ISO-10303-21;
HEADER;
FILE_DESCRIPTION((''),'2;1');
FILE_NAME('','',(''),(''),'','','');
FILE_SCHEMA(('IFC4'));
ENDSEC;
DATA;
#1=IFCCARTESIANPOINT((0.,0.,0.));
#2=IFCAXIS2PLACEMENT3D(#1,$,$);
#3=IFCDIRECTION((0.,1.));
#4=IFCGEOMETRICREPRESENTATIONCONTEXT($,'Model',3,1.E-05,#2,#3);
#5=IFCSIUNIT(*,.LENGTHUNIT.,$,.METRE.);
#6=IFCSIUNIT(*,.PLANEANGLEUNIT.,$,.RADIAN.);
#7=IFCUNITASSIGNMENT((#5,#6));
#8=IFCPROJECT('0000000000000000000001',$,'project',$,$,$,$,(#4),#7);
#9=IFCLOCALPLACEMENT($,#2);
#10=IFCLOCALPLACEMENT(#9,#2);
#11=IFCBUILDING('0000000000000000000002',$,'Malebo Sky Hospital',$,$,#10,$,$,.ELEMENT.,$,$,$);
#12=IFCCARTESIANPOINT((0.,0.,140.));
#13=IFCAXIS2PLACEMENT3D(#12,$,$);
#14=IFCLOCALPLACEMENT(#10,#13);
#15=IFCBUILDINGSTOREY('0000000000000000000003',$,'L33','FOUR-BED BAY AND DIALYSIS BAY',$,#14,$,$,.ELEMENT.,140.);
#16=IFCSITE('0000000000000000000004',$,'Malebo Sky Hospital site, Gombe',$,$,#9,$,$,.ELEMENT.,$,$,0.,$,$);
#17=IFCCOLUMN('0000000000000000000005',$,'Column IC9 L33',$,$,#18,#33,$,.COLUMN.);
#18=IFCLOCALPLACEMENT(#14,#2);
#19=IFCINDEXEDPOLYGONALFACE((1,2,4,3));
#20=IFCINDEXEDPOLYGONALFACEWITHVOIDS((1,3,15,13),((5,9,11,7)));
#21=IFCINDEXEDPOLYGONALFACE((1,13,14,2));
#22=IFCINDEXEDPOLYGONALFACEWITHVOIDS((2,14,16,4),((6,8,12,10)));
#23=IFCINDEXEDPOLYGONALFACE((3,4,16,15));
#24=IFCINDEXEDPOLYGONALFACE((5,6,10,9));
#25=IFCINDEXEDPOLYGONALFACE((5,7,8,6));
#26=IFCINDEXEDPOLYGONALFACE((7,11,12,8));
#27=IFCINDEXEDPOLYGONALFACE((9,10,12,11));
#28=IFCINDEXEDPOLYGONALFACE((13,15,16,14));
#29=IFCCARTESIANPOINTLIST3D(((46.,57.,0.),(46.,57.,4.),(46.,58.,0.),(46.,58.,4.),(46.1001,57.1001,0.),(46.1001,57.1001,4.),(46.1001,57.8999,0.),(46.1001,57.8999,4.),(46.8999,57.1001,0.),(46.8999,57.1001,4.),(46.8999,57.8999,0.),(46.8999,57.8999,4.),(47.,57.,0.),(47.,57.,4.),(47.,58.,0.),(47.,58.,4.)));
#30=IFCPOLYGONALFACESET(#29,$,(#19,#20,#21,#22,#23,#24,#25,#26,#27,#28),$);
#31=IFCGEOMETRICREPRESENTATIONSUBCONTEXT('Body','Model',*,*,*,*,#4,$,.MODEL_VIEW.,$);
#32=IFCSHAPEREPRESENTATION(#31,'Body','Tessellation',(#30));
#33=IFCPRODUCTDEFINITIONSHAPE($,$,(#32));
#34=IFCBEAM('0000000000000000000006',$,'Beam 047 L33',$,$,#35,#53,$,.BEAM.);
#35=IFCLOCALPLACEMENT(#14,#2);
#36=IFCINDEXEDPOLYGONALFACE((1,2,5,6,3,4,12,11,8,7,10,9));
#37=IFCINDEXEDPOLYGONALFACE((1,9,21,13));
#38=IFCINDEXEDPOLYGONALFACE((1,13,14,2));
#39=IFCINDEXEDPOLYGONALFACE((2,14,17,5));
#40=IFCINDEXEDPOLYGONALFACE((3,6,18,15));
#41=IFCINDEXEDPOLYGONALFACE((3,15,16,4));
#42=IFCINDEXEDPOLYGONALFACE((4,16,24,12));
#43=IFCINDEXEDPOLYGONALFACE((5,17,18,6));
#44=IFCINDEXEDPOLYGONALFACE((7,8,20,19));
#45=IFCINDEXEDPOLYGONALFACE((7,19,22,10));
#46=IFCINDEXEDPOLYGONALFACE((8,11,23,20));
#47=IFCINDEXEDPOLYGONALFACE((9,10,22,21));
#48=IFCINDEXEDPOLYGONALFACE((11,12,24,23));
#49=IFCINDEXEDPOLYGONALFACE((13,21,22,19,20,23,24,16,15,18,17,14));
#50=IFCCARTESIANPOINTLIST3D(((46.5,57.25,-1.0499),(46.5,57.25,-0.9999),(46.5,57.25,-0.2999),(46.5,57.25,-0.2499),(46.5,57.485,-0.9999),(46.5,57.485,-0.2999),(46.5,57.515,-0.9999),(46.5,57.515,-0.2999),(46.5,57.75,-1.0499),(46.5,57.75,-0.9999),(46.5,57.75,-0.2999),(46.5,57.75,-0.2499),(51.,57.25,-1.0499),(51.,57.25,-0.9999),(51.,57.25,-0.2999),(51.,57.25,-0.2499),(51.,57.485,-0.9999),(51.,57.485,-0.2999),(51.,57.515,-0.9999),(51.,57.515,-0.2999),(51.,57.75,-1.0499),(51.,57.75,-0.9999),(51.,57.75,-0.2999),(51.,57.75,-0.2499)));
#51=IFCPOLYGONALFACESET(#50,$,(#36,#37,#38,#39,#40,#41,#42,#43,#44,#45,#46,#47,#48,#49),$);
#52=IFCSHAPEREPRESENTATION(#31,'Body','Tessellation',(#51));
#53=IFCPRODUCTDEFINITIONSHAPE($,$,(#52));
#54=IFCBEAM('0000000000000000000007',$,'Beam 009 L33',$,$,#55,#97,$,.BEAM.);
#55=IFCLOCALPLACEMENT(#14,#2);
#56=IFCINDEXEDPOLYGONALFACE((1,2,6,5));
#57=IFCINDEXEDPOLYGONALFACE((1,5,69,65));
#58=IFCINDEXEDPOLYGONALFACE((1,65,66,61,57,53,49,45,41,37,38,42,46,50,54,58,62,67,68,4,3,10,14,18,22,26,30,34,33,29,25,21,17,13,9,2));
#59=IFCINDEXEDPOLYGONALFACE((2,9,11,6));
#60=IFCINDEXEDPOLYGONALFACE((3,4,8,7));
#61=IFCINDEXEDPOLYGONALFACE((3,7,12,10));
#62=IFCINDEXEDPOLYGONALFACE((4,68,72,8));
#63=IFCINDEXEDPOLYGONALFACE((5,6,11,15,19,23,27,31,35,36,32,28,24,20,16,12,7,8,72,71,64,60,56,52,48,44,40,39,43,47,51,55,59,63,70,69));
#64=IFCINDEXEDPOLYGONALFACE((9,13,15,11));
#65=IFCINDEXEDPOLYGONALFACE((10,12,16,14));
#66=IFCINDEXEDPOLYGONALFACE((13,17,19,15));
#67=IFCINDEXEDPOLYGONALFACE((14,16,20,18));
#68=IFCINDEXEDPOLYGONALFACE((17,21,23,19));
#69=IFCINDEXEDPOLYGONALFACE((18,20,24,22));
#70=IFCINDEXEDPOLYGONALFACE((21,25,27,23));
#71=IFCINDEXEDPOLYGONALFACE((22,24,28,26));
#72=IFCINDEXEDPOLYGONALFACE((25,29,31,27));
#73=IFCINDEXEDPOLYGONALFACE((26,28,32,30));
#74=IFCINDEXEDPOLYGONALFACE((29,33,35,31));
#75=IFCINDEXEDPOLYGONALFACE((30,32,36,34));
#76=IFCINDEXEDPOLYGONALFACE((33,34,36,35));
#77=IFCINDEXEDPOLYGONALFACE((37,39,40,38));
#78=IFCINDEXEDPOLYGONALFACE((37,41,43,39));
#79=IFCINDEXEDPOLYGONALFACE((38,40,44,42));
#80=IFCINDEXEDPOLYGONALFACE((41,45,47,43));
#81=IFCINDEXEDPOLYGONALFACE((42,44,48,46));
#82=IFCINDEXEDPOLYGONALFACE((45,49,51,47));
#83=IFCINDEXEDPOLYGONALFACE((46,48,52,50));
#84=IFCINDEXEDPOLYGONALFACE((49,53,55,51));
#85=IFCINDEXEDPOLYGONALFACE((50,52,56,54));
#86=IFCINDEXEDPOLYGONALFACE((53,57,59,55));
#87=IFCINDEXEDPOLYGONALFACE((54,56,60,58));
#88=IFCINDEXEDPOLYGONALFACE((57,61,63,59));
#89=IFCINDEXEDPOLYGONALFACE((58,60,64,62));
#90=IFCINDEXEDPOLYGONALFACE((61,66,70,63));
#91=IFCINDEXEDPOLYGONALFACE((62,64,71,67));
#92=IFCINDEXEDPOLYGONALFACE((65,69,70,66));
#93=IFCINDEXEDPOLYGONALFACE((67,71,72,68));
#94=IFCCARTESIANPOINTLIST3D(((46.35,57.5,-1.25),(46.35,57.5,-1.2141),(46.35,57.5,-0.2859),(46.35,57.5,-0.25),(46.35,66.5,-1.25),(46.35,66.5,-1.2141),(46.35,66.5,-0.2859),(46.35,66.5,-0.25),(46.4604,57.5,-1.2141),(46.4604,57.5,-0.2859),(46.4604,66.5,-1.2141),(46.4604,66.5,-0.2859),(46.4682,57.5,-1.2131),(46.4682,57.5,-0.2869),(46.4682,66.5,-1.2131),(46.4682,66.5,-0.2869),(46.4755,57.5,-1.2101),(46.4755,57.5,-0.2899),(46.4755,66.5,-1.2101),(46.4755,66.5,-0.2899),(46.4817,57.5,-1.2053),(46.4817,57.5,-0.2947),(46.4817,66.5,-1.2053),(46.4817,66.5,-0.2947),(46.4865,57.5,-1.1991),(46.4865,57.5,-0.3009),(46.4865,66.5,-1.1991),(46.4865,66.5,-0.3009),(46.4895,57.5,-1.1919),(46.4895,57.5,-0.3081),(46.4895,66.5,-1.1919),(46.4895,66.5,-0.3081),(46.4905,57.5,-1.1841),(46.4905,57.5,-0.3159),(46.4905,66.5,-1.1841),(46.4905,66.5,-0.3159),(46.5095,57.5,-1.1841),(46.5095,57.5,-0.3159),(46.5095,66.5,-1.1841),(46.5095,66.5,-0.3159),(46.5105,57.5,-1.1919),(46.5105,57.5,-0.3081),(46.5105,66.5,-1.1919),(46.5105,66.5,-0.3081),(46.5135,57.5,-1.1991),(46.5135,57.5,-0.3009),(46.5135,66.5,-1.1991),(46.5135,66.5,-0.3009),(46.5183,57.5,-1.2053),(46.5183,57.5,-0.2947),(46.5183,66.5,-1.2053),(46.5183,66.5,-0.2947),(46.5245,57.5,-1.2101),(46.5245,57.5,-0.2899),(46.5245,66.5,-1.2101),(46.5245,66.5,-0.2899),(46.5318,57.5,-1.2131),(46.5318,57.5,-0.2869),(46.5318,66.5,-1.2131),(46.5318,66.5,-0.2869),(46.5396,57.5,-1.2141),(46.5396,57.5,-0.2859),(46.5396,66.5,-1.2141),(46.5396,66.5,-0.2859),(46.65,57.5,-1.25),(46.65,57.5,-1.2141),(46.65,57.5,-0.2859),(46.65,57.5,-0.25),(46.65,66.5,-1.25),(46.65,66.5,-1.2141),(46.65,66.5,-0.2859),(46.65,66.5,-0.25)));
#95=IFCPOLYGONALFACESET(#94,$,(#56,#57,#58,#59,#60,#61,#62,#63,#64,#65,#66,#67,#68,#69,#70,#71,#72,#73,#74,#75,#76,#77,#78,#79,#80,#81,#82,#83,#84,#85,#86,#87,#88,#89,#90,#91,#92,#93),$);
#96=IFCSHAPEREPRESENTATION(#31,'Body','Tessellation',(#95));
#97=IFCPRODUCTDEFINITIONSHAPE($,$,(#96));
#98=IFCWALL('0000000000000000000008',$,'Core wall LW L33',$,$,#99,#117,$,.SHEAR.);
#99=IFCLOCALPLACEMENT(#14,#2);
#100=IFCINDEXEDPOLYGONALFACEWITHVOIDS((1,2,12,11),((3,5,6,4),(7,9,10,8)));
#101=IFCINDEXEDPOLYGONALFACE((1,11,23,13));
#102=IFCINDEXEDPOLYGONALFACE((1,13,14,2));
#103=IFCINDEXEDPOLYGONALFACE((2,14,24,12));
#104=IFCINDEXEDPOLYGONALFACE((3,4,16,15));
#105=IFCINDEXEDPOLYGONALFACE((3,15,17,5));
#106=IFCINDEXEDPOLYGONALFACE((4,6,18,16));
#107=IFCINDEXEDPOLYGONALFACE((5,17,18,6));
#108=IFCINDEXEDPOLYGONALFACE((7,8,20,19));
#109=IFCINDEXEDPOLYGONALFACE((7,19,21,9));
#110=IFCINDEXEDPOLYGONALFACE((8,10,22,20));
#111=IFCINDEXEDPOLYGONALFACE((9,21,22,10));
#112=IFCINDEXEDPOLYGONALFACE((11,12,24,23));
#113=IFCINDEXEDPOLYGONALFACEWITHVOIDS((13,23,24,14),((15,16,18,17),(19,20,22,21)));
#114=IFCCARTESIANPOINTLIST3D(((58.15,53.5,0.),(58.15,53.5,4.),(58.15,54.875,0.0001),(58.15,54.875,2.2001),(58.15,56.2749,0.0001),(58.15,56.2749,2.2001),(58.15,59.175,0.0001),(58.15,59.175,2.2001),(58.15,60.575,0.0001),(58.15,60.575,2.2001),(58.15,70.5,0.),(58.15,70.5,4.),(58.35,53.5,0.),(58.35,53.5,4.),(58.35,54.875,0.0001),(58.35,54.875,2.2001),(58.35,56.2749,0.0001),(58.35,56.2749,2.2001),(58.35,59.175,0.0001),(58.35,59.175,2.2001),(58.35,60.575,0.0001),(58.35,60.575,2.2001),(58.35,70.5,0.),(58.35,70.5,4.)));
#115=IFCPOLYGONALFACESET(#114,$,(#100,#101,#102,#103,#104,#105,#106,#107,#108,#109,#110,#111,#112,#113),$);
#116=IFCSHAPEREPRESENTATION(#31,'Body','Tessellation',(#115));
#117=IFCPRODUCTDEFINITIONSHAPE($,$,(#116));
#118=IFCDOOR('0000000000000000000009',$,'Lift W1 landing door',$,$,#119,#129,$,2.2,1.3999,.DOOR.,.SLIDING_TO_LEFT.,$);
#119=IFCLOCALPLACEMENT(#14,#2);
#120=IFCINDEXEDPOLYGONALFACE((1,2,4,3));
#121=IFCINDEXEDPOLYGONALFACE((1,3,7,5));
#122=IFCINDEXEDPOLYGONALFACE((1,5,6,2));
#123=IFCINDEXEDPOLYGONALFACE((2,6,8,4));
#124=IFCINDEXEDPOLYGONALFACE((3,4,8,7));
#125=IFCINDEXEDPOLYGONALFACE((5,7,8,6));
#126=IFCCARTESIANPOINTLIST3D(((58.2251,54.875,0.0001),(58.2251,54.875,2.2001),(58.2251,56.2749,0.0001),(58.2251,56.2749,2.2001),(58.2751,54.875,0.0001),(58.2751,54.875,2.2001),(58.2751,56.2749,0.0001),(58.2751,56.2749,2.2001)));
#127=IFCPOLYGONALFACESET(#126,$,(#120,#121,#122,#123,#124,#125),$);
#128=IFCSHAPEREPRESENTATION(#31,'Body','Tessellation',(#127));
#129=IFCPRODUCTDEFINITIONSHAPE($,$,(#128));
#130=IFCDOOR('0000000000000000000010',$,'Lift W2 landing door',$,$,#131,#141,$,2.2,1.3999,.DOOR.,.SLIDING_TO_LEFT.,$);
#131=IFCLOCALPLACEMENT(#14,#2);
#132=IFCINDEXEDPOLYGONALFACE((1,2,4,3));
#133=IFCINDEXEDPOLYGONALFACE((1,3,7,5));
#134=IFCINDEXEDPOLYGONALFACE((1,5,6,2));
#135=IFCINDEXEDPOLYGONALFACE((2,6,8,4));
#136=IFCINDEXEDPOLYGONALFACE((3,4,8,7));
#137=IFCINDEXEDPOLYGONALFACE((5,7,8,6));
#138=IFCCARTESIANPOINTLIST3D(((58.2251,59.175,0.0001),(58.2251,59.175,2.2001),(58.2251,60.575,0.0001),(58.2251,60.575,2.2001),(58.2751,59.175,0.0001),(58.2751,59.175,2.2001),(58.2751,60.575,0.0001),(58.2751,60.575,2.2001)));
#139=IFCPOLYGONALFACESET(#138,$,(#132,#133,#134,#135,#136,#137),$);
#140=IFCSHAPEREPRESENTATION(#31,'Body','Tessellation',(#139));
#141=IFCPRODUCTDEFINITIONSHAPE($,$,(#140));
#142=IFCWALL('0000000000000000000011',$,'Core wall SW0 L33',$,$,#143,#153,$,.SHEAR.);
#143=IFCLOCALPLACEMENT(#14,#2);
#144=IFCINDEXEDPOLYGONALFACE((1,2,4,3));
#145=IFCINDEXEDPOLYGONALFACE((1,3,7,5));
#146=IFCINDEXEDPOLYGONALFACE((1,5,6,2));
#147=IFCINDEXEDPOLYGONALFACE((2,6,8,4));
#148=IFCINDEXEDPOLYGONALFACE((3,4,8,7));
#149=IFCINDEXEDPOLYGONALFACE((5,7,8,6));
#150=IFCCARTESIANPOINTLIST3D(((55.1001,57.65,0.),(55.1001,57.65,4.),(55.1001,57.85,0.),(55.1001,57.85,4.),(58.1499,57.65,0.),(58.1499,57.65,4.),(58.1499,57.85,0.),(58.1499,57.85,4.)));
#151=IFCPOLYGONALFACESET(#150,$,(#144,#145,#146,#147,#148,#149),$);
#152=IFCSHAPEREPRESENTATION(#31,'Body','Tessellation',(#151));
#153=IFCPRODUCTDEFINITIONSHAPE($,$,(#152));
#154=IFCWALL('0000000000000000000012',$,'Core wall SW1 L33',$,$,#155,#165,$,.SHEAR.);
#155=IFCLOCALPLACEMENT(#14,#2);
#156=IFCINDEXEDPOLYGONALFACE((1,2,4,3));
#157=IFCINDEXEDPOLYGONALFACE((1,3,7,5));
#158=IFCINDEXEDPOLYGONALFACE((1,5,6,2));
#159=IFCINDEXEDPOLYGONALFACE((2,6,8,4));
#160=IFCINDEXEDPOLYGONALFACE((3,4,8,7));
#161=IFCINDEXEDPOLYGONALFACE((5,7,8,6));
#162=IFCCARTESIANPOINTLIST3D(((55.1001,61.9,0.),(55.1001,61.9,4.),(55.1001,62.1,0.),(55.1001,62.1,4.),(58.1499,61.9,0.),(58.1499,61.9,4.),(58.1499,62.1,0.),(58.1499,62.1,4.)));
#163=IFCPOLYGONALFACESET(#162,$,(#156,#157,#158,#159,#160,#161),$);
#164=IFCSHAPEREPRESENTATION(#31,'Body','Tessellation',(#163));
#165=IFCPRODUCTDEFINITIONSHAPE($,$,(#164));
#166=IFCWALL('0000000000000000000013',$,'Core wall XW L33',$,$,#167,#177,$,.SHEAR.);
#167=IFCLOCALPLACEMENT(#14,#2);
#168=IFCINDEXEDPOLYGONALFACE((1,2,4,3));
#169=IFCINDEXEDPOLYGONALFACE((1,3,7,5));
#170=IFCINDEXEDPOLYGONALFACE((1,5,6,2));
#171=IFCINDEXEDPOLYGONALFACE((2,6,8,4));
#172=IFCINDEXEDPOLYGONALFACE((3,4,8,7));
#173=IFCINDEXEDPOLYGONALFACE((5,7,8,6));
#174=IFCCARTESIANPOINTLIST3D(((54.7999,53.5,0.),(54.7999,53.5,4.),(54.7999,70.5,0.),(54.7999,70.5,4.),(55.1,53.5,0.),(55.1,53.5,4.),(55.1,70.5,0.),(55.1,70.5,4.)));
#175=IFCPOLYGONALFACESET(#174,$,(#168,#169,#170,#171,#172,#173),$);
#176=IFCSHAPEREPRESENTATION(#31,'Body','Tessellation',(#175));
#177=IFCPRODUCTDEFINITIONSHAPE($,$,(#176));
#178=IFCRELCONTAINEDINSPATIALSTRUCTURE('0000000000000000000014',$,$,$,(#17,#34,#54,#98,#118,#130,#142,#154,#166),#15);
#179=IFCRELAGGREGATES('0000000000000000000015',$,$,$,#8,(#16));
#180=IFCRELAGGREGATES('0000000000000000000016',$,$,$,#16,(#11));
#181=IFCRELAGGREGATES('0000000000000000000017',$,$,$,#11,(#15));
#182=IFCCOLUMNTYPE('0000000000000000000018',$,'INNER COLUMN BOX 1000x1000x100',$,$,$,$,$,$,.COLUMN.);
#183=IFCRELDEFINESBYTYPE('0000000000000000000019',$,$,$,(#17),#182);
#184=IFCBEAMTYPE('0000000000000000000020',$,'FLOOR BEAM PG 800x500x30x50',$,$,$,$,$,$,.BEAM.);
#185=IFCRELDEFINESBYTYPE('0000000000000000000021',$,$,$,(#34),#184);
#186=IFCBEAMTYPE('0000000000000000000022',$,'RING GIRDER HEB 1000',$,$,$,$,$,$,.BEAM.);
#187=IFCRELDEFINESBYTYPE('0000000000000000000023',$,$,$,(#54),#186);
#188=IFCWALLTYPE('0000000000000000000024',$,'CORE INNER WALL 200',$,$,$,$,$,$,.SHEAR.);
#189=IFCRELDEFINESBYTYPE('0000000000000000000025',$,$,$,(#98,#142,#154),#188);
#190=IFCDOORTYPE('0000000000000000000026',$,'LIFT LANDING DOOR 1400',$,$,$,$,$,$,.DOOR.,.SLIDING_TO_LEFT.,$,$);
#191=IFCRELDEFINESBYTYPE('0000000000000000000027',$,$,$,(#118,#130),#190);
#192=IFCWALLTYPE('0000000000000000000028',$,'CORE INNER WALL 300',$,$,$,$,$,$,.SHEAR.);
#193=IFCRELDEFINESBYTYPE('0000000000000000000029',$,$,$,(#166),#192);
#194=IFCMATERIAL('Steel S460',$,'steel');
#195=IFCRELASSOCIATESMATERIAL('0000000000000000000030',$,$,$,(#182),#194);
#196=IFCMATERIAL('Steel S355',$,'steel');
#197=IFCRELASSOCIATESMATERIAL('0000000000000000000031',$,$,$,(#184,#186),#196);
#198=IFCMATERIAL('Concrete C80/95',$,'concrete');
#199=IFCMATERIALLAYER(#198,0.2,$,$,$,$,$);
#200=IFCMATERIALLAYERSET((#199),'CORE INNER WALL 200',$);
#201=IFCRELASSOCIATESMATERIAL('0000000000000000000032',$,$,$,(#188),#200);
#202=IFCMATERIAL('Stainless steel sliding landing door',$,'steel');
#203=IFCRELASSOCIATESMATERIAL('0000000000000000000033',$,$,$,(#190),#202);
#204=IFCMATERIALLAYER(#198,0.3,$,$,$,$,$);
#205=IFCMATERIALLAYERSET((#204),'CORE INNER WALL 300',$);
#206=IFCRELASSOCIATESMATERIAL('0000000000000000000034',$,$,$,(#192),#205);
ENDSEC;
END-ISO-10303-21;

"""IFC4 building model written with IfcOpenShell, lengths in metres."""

from ifc_helpers import new_model, si_unit, direction, frame, frame_2d, origin, origin_2d, place, context, subcontext, project, spatial, rectangle, hollow_rectangle, i_section, extrude, material, layer, layer_set, material_profile, profile_set, type_object, element, fill, save


model = new_model("IFC4")

# Units and contexts
model_context = context("Model", 3, precision=1e-05, world=origin(), true_north=direction((0.0, 1.0)))
body_context = subcontext(model_context, "Body", "Model", "MODEL_VIEW")
ifc_project = project(units=[si_unit("LENGTHUNIT", "METRE"), si_unit("PLANEANGLEUNIT", "RADIAN")], contexts=[model_context])

# Site, building, storey
site_placement = place(None, origin())
site = spatial("IfcSite", under=ifc_project, at=site_placement, Name="Malebo Sky Hospital site, Gombe", CompositionType="ELEMENT", RefElevation=0.0)
building_placement = place(site_placement, origin())
building = spatial("IfcBuilding", under=site, at=building_placement, Name="Malebo Sky Hospital", CompositionType="ELEMENT")
storey_placement = place(building_placement, frame((0.0, 0.0, 140.0)))
storey = spatial("IfcBuildingStorey", under=building, at=storey_placement, Name="L33", Description="FOUR-BED BAY AND DIALYSIS BAY", CompositionType="ELEMENT", Elevation=140.0)

# Column
ifc_material_1 = material(Name="Steel S460", Category="steel")
ifc_material_profile_1 = material_profile(ifc_material_1, hollow_rectangle(XDim=1.0, YDim=1.0, WallThickness=0.1001, at=origin_2d()), Name="BOX 1000x1000x100")
ifc_profile_set_1 = profile_set([ifc_material_profile_1], Name="Steel S460")
column_type = type_object("IfcColumnType", Name="INNER COLUMN BOX 1000x1000x100", PredefinedType="COLUMN", material=ifc_profile_set_1)
column_placement = place(storey_placement, frame((46.5, 57.5, 0.0), z_axis=(0.0, 0.0, 1.0), x_axis=(1.0, 0.0, 0.0)))
element("IfcColumn", 1, at=column_placement, inside=storey, type_object=column_type, Name="Column IC9 L33", PredefinedType="COLUMN", context=body_context, shape_type="SweptSolid", body=[
    extrude(hollow_rectangle(XDim=1.0, YDim=1.0, WallThickness=0.1001, at=origin_2d()), origin(), (0.0, 0.0, 1.0), 4.0),
])

# Beams
ifc_material_2 = material(Name="Steel S355", Category="steel")
ifc_material_profile_2 = material_profile(ifc_material_2, i_section(OverallWidth=0.5, OverallDepth=0.8, WebThickness=0.03, FlangeThickness=0.05, at=origin_2d()), Name="PG 800x500x30x50")
ifc_profile_set_2 = profile_set([ifc_material_profile_2], Name="Steel S355")
beam_type_1 = type_object("IfcBeamType", Name="FLOOR BEAM PG 800x500x30x50", PredefinedType="BEAM", material=ifc_profile_set_2)
beam_1_placement = place(storey_placement, frame((46.5, 57.5, -0.6499), z_axis=(1.0, 0.0, 0.0), x_axis=(0.0, 1.0, 0.0)))
element("IfcBeam", 2, at=beam_1_placement, inside=storey, type_object=beam_type_1, Name="Beam 047 L33", PredefinedType="BEAM", context=body_context, shape_type="SweptSolid", body=[
    extrude(i_section(OverallWidth=0.5, OverallDepth=0.8, WebThickness=0.03, FlangeThickness=0.05, at=origin_2d()), origin(), (0.0, 0.0, 1.0), 4.5),
])
ifc_material_profile_3 = material_profile(ifc_material_2, i_section(OverallWidth=0.3, OverallDepth=1.0, WebThickness=0.019, FlangeThickness=0.0359, FilletRadius=0.03, at=origin_2d()), Name="HEB 1000")
ifc_profile_set_3 = profile_set([ifc_material_profile_3], Name="Steel S355")
beam_type_2 = type_object("IfcBeamType", Name="RING GIRDER HEB 1000", PredefinedType="BEAM", material=ifc_profile_set_3)
beam_2_placement = place(storey_placement, frame((46.5, 57.5, -0.75), z_axis=(0.0, 1.0, 0.0), x_axis=(-1.0, 0.0, 0.0)))
element("IfcBeam", 3, at=beam_2_placement, inside=storey, type_object=beam_type_2, Name="Beam 009 L33", PredefinedType="BEAM", context=body_context, shape_type="SweptSolid", body=[
    extrude(i_section(OverallWidth=0.3, OverallDepth=1.0, WebThickness=0.019, FlangeThickness=0.0359, FilletRadius=0.03, at=origin_2d()), origin(), (0.0, 0.0, 1.0), 9.0),
])

# Wall, openings, doors
ifc_material_3 = material(Name="Concrete C80/95", Category="concrete")
ifc_layer_1 = layer(ifc_material_3, 0.2)
ifc_layer_set_1 = layer_set([ifc_layer_1], Name="CORE INNER WALL 200")
wall_type_1 = type_object("IfcWallType", Name="CORE INNER WALL 200", PredefinedType="SHEAR", material=ifc_layer_set_1)
wall_1_placement = place(storey_placement, frame((58.25, 53.5, 0.0), z_axis=(0.0, 0.0, 1.0), x_axis=(0.0, 1.0, 0.0)))
wall_1 = element("IfcWall", 4, at=wall_1_placement, inside=storey, type_object=wall_type_1, Name="Core wall LW L33", PredefinedType="SHEAR", context=body_context, shape_type="SweptSolid", body=[
    extrude(rectangle(XDim=17.0, YDim=0.2, at=frame_2d((8.5, 0.0))), origin(), (0.0, 0.0, 1.0), 4.0),
])
opening_1_placement = place(wall_1_placement, frame((1.375, 0.0, 0.0)))
opening_1 = element("IfcOpeningElement", 5, at=opening_1_placement, cuts=wall_1, PredefinedType="OPENING", context=body_context, shape_type="SweptSolid", body=[
    extrude(rectangle(XDim=1.3999, YDim=2.2, at=frame_2d((0.7, 1.1001))), frame((0.0, 0.1099, 0.0), z_axis=(0.0, -1.0, 0.0), x_axis=(1.0, 0.0, 0.0)), (0.0, 0.0, 1.0), 0.22),
])
opening_2_placement = place(wall_1_placement, frame((5.675, 0.0, 0.0)))
opening_2 = element("IfcOpeningElement", 6, at=opening_2_placement, cuts=wall_1, PredefinedType="OPENING", context=body_context, shape_type="SweptSolid", body=[
    extrude(rectangle(XDim=1.3999, YDim=2.2, at=frame_2d((0.7, 1.1001))), frame((0.0, 0.1099, 0.0), z_axis=(0.0, -1.0, 0.0), x_axis=(1.0, 0.0, 0.0)), (0.0, 0.0, 1.0), 0.22),
])
ifc_material_4 = material(Name="Stainless steel sliding landing door", Category="steel")
door_type_1 = type_object("IfcDoorType", Name="LIFT LANDING DOOR 1400", OperationType="SLIDING_TO_LEFT", PredefinedType="DOOR", material=ifc_material_4)
door_1_placement = place(opening_1_placement, origin())
door_1 = element("IfcDoor", 7, at=door_1_placement, inside=storey, type_object=door_type_1, Name="Lift W1 landing door", OperationType="SLIDING_TO_LEFT", OverallHeight=2.2, OverallWidth=1.3999, PredefinedType="DOOR", context=body_context, shape_type="SweptSolid", body=[
    extrude(rectangle(XDim=1.3999, YDim=2.2, at=frame_2d((0.7, 1.1001))), frame((0.0, 0.0249, 0.0), z_axis=(0.0, -1.0, 0.0), x_axis=(1.0, 0.0, 0.0)), (0.0, 0.0, 1.0), 0.05),
])
fill(opening_1, door_1)
door_2_placement = place(opening_2_placement, origin())
door_2 = element("IfcDoor", 8, at=door_2_placement, inside=storey, type_object=door_type_1, Name="Lift W2 landing door", OperationType="SLIDING_TO_LEFT", OverallHeight=2.2, OverallWidth=1.3999, PredefinedType="DOOR", context=body_context, shape_type="SweptSolid", body=[
    extrude(rectangle(XDim=1.3999, YDim=2.2, at=frame_2d((0.7, 1.1001))), frame((0.0, 0.0249, 0.0), z_axis=(0.0, -1.0, 0.0), x_axis=(1.0, 0.0, 0.0)), (0.0, 0.0, 1.0), 0.05),
])
fill(opening_2, door_2)

# Walls
for number, where, z_axis, x_axis, name in (
    (9, (55.1001, 57.75, 0.0), (0.0, 0.0, 1.0), (1.0, 0.0, 0.0), "Core wall SW0 L33"),
    (10, (55.1001, 62.0, 0.0), (0.0, 0.0, 1.0), (1.0, 0.0, 0.0), "Core wall SW1 L33"),
):
    element("IfcWall", number, at=place(storey_placement, frame(where, z_axis=z_axis, x_axis=x_axis)), inside=storey, type_object=wall_type_1, Name=name, PredefinedType="SHEAR", context=body_context, shape_type="SweptSolid", body=[
        extrude(rectangle(XDim=3.0498, YDim=0.2, at=frame_2d((1.5249, 0.0))), origin(), (0.0, 0.0, 1.0), 4.0),
    ])
ifc_layer_2 = layer(ifc_material_3, 0.3)
ifc_layer_set_2 = layer_set([ifc_layer_2], Name="CORE INNER WALL 300")
wall_type_2 = type_object("IfcWallType", Name="CORE INNER WALL 300", PredefinedType="SHEAR", material=ifc_layer_set_2)
wall_2_placement = place(storey_placement, frame((54.95, 53.5, 0.0), z_axis=(0.0, 0.0, 1.0), x_axis=(0.0, 1.0, 0.0)))
element("IfcWall", 11, at=wall_2_placement, inside=storey, type_object=wall_type_2, Name="Core wall XW L33", PredefinedType="SHEAR", context=body_context, shape_type="SweptSolid", body=[
    extrude(rectangle(XDim=17.0, YDim=0.3, at=frame_2d((8.5, 0.0))), origin(), (0.0, 0.0, 1.0), 4.0),
])

save(model, "model.ifc")
